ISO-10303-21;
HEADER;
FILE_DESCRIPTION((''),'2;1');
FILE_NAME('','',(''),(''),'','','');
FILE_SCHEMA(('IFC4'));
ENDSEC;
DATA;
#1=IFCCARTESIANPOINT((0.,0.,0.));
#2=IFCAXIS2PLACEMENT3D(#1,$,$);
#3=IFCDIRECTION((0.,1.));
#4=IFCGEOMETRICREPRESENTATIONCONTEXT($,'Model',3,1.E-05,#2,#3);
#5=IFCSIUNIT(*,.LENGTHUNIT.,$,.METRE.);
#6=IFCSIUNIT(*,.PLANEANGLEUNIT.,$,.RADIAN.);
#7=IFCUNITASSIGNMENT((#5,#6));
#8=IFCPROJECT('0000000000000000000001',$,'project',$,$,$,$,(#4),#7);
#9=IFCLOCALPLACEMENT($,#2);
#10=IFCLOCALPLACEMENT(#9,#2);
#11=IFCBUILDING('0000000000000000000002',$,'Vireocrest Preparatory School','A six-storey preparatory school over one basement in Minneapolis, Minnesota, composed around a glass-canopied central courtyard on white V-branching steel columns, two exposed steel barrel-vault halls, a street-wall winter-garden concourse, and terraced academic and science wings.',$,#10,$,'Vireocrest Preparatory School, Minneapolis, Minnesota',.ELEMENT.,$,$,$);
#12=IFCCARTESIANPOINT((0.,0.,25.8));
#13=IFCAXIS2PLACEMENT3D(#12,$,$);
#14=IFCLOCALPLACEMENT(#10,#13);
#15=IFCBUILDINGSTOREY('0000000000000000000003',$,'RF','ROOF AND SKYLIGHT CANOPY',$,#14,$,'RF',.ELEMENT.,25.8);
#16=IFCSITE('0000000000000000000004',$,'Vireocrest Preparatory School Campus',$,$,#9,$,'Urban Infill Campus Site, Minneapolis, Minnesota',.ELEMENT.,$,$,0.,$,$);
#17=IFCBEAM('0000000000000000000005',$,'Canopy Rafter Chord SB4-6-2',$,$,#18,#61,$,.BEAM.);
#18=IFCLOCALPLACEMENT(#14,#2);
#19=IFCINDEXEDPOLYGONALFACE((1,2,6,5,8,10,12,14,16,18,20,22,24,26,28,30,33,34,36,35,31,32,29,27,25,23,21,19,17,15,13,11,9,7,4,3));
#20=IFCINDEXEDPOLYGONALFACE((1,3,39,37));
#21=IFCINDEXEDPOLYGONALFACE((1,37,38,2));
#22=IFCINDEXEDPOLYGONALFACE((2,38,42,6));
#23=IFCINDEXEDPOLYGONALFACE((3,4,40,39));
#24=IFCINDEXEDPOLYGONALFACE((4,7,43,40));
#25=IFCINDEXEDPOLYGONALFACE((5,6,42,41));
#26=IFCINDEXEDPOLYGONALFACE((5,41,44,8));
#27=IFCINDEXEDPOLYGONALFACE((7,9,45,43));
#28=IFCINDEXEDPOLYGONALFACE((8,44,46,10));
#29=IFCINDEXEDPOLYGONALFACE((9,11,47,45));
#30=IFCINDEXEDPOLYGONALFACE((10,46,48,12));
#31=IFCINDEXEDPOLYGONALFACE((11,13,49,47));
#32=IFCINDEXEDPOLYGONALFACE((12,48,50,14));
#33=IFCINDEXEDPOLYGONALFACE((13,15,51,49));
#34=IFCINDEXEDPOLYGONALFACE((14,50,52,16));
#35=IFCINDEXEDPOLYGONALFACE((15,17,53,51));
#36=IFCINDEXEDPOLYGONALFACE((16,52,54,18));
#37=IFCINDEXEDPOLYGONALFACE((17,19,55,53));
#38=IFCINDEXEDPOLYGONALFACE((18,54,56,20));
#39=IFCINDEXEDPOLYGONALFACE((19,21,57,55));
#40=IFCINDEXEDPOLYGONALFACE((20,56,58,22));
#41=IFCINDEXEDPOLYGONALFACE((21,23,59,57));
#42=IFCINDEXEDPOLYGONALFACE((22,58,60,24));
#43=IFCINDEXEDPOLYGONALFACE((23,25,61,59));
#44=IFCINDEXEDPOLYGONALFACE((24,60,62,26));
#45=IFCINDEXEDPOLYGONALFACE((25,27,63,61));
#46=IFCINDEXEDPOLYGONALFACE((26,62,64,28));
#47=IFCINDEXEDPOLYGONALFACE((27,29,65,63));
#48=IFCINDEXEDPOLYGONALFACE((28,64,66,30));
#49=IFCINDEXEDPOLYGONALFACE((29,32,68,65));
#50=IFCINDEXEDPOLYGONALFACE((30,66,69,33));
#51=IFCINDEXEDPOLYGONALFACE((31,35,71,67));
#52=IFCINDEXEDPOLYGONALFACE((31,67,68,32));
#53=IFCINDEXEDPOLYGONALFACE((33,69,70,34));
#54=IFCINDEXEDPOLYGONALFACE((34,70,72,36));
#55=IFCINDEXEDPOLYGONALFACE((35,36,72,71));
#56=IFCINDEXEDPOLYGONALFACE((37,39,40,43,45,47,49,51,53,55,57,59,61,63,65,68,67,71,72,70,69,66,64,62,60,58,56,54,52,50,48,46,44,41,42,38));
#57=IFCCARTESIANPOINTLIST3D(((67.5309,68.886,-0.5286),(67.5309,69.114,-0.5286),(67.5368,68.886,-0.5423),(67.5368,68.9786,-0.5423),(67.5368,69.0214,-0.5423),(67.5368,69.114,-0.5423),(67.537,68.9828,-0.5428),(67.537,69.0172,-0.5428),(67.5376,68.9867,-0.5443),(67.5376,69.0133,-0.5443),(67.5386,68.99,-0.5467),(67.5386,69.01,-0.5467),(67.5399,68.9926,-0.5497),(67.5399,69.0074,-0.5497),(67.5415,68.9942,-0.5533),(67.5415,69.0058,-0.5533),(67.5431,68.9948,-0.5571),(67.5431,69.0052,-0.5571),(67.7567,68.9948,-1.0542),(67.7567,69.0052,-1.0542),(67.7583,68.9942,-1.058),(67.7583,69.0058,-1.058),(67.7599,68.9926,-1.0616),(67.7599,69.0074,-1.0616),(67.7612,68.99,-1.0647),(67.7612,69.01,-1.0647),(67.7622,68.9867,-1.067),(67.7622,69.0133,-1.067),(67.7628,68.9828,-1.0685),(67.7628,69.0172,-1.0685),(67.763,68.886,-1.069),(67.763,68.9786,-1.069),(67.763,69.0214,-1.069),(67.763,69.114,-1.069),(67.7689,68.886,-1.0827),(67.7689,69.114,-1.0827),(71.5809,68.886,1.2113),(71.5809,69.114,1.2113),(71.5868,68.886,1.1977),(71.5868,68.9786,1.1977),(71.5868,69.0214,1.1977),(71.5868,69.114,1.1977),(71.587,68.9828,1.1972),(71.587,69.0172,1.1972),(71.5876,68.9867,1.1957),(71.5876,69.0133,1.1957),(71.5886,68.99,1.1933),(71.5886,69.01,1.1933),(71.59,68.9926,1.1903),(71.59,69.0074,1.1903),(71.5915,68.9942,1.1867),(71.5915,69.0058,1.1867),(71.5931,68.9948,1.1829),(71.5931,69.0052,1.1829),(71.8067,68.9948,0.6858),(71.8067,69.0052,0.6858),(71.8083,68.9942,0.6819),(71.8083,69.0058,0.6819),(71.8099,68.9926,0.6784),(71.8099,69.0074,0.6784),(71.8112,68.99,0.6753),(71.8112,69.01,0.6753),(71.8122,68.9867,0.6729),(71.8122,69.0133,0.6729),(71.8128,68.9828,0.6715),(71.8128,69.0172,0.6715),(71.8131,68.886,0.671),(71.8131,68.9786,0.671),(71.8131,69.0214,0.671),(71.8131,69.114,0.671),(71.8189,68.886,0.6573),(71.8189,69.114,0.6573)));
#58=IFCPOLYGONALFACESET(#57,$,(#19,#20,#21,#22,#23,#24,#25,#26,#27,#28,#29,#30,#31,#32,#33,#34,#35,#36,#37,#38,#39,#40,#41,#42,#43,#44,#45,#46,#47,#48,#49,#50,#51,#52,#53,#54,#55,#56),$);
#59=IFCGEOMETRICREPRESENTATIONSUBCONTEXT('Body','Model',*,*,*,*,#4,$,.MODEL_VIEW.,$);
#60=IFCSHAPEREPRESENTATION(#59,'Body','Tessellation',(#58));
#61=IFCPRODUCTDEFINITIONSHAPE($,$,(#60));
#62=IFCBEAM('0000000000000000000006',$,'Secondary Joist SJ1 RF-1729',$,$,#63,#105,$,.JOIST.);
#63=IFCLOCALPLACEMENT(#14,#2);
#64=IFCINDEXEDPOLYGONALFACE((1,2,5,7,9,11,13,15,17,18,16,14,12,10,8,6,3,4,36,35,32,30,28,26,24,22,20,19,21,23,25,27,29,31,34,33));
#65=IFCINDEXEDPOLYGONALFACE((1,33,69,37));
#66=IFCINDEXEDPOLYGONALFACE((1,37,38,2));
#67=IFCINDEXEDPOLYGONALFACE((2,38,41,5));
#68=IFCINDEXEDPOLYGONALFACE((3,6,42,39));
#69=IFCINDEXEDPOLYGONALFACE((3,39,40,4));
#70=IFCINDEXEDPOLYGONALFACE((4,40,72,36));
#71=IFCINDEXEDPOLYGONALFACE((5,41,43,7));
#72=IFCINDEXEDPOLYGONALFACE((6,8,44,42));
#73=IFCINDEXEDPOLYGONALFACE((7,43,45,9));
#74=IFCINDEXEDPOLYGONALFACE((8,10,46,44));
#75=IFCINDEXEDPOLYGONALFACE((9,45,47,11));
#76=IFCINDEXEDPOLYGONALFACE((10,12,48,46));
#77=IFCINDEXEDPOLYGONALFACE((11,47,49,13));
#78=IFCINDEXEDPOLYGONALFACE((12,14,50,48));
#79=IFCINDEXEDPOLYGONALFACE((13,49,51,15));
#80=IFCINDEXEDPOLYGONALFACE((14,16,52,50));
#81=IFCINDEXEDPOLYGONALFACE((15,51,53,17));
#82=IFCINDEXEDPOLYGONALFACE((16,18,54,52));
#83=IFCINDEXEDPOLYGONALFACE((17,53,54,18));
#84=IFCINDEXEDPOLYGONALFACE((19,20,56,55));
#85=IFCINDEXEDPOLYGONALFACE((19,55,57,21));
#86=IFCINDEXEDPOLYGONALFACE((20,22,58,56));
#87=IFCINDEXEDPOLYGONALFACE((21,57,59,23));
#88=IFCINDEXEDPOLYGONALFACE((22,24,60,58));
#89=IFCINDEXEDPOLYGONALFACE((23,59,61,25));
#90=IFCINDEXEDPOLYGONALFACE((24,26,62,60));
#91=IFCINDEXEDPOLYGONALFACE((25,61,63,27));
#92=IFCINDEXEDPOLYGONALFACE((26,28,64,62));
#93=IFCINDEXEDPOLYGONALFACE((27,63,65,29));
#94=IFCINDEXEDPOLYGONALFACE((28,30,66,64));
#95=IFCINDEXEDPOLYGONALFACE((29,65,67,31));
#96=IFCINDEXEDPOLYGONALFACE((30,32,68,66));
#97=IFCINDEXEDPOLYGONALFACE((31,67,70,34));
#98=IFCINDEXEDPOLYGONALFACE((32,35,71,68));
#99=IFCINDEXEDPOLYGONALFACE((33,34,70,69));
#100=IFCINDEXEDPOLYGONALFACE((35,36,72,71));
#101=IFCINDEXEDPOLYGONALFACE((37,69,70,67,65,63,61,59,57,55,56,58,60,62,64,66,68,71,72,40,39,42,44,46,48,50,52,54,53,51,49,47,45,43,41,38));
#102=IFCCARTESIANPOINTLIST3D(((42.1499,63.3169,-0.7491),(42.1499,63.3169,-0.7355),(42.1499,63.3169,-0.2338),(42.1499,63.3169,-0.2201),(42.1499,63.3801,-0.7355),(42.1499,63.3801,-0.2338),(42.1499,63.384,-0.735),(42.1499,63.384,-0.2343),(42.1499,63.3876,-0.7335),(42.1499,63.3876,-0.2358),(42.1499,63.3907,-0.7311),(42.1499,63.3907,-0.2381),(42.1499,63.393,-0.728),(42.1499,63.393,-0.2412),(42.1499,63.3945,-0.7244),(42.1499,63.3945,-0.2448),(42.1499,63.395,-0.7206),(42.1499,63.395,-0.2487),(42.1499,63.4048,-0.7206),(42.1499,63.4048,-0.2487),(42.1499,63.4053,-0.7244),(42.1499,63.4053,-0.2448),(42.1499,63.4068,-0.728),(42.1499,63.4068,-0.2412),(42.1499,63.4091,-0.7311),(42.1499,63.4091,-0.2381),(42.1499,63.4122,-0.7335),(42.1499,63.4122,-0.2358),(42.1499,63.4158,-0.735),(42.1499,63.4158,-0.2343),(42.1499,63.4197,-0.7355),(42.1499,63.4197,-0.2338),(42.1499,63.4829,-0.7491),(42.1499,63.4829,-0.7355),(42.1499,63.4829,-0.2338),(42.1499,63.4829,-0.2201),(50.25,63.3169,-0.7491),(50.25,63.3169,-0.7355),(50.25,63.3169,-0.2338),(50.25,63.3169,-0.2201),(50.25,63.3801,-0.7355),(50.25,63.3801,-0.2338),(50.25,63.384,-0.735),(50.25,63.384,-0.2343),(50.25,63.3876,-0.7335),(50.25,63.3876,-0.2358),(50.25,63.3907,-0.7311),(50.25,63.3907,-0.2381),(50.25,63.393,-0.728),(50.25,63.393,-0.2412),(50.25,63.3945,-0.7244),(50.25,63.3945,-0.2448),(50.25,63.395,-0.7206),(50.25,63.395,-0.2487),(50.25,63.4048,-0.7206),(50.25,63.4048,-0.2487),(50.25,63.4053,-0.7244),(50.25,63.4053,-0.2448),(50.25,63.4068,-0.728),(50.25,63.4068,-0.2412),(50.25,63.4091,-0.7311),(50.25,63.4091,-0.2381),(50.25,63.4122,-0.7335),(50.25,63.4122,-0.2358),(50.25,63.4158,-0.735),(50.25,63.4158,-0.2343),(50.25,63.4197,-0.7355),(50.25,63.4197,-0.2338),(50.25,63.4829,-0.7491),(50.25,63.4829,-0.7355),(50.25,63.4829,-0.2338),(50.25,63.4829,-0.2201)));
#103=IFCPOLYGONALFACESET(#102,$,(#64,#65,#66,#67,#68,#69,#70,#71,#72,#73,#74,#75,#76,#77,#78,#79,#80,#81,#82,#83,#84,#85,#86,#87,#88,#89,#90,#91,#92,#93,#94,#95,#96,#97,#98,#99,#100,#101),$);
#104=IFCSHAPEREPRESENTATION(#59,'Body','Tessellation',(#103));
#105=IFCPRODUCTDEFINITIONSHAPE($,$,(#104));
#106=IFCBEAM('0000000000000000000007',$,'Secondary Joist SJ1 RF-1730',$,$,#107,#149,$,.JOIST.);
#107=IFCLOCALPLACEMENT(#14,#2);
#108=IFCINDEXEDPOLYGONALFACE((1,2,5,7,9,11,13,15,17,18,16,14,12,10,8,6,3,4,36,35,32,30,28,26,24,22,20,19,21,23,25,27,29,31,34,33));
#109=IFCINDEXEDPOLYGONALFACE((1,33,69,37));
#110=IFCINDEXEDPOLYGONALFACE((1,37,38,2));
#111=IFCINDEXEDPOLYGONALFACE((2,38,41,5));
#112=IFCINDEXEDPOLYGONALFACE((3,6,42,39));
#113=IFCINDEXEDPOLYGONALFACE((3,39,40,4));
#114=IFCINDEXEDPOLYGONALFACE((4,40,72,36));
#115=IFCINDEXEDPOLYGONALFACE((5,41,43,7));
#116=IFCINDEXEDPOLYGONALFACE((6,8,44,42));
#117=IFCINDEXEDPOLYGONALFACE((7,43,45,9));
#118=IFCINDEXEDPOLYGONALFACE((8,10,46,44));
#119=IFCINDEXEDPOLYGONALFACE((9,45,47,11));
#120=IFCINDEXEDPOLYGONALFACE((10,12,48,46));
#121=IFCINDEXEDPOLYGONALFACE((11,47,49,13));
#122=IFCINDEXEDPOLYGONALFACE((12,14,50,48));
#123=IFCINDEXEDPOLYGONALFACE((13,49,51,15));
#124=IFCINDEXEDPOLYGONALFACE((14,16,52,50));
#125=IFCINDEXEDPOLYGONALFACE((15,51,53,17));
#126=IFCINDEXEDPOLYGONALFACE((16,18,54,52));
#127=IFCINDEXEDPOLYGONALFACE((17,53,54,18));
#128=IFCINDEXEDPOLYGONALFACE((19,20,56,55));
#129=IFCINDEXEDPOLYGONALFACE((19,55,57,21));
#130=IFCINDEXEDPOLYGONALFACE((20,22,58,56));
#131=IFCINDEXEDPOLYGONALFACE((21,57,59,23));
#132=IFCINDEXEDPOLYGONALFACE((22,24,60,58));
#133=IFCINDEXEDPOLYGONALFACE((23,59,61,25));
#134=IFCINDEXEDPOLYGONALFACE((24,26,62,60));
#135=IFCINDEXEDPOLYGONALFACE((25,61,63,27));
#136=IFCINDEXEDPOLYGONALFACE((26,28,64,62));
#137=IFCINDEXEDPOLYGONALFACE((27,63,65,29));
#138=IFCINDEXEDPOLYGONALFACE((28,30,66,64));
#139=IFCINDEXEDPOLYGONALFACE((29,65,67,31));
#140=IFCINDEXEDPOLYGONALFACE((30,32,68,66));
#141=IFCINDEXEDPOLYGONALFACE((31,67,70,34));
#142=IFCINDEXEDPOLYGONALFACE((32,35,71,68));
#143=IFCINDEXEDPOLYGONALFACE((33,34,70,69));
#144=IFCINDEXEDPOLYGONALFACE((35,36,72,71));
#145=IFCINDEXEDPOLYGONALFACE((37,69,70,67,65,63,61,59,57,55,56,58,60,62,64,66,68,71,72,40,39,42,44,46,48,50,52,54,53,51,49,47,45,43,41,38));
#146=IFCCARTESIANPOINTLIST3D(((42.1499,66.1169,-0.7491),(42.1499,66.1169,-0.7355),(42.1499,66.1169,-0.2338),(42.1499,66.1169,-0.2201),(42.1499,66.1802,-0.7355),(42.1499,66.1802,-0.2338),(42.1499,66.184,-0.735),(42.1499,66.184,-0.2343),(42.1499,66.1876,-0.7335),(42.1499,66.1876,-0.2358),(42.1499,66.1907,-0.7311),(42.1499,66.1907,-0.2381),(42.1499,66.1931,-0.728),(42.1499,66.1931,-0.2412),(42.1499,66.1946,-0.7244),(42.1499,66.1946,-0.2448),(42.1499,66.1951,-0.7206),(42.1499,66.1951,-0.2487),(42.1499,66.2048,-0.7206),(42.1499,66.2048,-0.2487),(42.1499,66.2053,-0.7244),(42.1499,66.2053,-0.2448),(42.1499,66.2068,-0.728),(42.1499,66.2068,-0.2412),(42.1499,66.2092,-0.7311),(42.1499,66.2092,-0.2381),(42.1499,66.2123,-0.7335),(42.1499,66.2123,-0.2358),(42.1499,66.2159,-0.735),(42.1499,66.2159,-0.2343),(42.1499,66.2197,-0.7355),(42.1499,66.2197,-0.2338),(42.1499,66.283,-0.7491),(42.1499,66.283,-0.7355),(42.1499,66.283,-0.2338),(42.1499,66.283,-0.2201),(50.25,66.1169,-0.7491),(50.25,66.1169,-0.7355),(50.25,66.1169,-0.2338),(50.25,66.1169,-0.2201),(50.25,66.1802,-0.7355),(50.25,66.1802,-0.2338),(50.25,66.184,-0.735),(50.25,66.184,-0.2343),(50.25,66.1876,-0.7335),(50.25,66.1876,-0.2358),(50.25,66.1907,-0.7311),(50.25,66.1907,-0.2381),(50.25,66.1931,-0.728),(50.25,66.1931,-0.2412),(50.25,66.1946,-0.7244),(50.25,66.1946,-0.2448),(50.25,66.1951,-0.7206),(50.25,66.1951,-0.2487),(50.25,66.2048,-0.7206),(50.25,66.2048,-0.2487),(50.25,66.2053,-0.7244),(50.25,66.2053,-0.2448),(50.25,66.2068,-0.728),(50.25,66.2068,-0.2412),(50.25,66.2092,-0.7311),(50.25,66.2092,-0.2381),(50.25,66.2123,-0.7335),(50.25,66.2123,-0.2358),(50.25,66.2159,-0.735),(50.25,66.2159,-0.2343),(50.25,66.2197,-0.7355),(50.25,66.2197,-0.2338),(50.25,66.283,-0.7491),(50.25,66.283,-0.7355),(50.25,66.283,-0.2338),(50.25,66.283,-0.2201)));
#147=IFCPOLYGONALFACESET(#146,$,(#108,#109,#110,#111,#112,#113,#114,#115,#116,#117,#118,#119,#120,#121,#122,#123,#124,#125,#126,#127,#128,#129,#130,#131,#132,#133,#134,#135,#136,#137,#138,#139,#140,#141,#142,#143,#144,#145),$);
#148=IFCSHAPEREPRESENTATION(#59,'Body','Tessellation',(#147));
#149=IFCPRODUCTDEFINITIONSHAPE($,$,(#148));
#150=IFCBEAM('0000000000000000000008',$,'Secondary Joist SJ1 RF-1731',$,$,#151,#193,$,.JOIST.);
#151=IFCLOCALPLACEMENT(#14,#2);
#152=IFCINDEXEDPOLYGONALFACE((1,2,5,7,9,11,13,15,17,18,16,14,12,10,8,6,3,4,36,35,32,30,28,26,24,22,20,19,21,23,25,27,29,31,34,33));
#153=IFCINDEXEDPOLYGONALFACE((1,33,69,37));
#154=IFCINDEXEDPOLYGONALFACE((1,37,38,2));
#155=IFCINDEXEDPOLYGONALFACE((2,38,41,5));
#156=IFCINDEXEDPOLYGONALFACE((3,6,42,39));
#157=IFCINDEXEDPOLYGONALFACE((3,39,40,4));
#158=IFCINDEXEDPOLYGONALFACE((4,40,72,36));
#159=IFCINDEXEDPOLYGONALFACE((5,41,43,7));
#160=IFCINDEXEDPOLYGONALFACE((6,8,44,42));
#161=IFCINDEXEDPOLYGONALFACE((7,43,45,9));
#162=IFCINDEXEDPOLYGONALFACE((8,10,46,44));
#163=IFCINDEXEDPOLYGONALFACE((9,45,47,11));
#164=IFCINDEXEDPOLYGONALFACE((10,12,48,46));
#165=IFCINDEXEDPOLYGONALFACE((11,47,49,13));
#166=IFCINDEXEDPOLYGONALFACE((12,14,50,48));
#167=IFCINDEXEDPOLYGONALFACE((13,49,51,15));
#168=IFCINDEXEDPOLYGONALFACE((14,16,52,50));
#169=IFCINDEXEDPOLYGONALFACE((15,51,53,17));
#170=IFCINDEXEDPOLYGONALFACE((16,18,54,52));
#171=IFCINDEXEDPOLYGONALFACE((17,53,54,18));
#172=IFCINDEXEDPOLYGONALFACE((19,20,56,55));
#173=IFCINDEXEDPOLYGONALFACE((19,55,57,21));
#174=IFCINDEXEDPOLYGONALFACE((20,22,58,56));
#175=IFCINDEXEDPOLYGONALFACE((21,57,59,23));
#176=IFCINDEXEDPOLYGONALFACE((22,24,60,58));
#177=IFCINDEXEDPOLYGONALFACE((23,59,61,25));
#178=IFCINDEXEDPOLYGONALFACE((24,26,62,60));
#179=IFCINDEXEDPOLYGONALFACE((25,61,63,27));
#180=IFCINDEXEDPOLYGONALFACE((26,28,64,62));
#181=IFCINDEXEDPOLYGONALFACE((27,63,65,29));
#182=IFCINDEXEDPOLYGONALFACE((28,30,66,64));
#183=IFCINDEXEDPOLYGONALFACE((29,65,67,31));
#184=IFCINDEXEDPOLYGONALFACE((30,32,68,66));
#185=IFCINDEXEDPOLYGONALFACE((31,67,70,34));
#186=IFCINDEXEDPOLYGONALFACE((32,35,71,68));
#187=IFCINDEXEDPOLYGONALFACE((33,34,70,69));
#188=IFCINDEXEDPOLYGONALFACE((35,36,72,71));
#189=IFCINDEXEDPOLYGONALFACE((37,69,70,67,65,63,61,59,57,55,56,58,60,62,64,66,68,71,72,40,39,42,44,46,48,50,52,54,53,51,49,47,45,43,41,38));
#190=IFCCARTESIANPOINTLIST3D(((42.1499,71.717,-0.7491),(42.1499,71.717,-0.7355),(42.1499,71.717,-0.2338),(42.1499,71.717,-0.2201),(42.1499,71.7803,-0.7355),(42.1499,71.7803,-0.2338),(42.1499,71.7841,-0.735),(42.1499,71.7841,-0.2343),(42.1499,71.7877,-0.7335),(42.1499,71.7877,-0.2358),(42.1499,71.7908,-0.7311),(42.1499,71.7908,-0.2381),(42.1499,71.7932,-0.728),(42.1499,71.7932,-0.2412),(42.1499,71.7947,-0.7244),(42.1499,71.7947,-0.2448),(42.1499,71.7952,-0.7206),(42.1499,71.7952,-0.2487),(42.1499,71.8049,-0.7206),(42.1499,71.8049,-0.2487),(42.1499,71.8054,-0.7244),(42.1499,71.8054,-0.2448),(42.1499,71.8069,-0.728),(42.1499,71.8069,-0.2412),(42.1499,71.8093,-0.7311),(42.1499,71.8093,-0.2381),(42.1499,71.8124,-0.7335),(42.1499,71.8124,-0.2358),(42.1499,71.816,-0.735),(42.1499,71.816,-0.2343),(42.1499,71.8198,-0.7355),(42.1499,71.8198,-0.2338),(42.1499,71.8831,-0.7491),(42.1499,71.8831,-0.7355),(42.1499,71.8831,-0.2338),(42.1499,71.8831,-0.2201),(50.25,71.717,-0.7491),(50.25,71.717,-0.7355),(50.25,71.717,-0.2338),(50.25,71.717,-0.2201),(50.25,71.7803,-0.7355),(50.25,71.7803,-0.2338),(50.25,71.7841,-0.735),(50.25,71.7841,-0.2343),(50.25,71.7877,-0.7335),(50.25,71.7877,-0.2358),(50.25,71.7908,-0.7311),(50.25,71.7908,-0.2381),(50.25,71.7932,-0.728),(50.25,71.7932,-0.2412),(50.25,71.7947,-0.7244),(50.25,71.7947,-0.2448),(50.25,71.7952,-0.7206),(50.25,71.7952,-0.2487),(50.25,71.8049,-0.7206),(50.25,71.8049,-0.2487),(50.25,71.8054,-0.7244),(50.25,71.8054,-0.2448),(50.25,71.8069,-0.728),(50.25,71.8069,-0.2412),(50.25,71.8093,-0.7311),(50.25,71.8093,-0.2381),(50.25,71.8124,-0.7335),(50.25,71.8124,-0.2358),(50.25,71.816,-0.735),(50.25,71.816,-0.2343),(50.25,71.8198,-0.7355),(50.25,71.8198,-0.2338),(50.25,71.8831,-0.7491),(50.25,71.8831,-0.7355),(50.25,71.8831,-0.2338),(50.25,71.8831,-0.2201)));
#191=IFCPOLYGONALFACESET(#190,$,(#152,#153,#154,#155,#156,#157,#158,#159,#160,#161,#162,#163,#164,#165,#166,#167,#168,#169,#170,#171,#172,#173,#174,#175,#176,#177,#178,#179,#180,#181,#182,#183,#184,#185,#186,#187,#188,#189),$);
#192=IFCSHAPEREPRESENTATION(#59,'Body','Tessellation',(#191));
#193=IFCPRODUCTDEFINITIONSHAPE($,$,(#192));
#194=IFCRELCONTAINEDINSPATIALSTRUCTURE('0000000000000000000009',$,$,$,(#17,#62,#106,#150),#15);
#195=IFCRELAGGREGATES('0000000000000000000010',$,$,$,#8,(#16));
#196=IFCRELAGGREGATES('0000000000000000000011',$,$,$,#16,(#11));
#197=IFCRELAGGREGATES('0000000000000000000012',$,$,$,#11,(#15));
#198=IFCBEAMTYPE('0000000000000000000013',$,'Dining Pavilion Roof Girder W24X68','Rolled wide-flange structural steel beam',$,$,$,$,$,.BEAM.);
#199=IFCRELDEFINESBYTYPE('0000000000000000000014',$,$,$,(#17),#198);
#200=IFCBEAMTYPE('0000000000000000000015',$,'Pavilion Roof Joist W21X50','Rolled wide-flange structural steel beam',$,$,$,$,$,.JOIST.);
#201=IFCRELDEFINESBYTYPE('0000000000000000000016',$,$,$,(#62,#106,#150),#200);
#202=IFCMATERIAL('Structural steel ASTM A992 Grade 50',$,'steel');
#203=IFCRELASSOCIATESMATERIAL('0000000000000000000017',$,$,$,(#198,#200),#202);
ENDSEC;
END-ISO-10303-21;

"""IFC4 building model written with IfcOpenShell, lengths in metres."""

from ifc_helpers import new_model, si_unit, direction, frame, origin, origin_2d, place, context, subcontext, project, spatial, i_section, extrude, material, material_profile, profile_set, type_object, element, save


model = new_model("IFC4")

# Units and contexts
model_context = context("Model", 3, precision=1e-05, world=origin(), true_north=direction((0.0, 1.0)))
body_context = subcontext(model_context, "Body", "Model", "MODEL_VIEW")
ifc_project = project(units=[si_unit("LENGTHUNIT", "METRE"), si_unit("PLANEANGLEUNIT", "RADIAN")], contexts=[model_context])

# Site, building, storey
site_placement = place(None, origin())
site = spatial("IfcSite", under=ifc_project, at=site_placement, Name="Vireocrest Preparatory School Campus", LongName="Urban Infill Campus Site, Minneapolis, Minnesota", CompositionType="ELEMENT", RefElevation=0.0)
building_placement = place(site_placement, origin())
building = spatial("IfcBuilding", under=site, at=building_placement, Name="Vireocrest Preparatory School", Description="A six-storey preparatory school over one basement in Minneapolis, Minnesota, composed around a glass-canopied central courtyard on white V-branching steel columns, two exposed steel barrel-vault halls, a street-wall winter-garden concourse, and terraced academic and science wings.", LongName="Vireocrest Preparatory School, Minneapolis, Minnesota", CompositionType="ELEMENT")
storey_placement = place(building_placement, frame((0.0, 0.0, 25.8)))
storey = spatial("IfcBuildingStorey", under=building, at=storey_placement, Name="RF", Description="ROOF AND SKYLIGHT CANOPY", LongName="RF", CompositionType="ELEMENT", Elevation=25.8)

# Beams
ifc_material_1 = material(Name="Structural steel ASTM A992 Grade 50", Category="steel")
ifc_material_profile_1 = material_profile(ifc_material_1, i_section(OverallWidth=0.228, OverallDepth=0.603, WebThickness=0.0105, FlangeThickness=0.0149, FilletRadius=0.0161, at=origin_2d()), Name="W24X68")
ifc_profile_set_1 = profile_set([ifc_material_profile_1], Name="Structural steel ASTM A992 Grade 50")
beam_type_1 = type_object("IfcBeamType", Name="Dining Pavilion Roof Girder W24X68", Description="Rolled wide-flange structural steel beam", PredefinedType="BEAM", material=ifc_profile_set_1)
beam_placement = place(storey_placement, frame((67.6499, 69.0, -0.8057), z_axis=(0.918795, 0.0, 0.394735), x_axis=(0.0, 1.0, 0.0)))
element("IfcBeam", 1, at=beam_placement, inside=storey, type_object=beam_type_1, Name="Canopy Rafter Chord SB4-6-2", PredefinedType="BEAM", context=body_context, shape_type="SweptSolid", body=[
    extrude(i_section(OverallWidth=0.228, OverallDepth=0.603, WebThickness=0.0105, FlangeThickness=0.0149, FilletRadius=0.0161, at=origin_2d()), origin(), (0.0, 0.0, 1.0), 4.408),
])
ifc_material_profile_2 = material_profile(ifc_material_1, i_section(OverallWidth=0.166, OverallDepth=0.5291, WebThickness=0.0098, FlangeThickness=0.0137, FilletRadius=0.0149, at=origin_2d()), Name="W21X50")
ifc_profile_set_2 = profile_set([ifc_material_profile_2], Name="Structural steel ASTM A992 Grade 50")
beam_type_2 = type_object("IfcBeamType", Name="Pavilion Roof Joist W21X50", Description="Rolled wide-flange structural steel beam", PredefinedType="JOIST", material=ifc_profile_set_2)
for number, where, z_axis, x_axis, name in (
    (2, (42.1499, 63.3999, -0.4846), (1.0, 0.0, 0.0), (0.0, 1.0, 0.0), "Secondary Joist SJ1 RF-1729"),
    (3, (42.1499, 66.2, -0.4846), (1.0, 0.0, 0.0), (0.0, 1.0, 0.0), "Secondary Joist SJ1 RF-1730"),
    (4, (42.1499, 71.8, -0.4846), (1.0, 0.0, 0.0), (0.0, 1.0, 0.0), "Secondary Joist SJ1 RF-1731"),
):
    element("IfcBeam", number, at=place(storey_placement, frame(where, z_axis=z_axis, x_axis=x_axis)), inside=storey, type_object=beam_type_2, Name=name, PredefinedType="JOIST", context=body_context, shape_type="SweptSolid", body=[
        extrude(i_section(OverallWidth=0.166, OverallDepth=0.5291, WebThickness=0.0098, FlangeThickness=0.0137, FilletRadius=0.0149, at=origin_2d()), origin(), (0.0, 0.0, 1.0), 8.1001),
    ])

save(model, "model.ifc")
